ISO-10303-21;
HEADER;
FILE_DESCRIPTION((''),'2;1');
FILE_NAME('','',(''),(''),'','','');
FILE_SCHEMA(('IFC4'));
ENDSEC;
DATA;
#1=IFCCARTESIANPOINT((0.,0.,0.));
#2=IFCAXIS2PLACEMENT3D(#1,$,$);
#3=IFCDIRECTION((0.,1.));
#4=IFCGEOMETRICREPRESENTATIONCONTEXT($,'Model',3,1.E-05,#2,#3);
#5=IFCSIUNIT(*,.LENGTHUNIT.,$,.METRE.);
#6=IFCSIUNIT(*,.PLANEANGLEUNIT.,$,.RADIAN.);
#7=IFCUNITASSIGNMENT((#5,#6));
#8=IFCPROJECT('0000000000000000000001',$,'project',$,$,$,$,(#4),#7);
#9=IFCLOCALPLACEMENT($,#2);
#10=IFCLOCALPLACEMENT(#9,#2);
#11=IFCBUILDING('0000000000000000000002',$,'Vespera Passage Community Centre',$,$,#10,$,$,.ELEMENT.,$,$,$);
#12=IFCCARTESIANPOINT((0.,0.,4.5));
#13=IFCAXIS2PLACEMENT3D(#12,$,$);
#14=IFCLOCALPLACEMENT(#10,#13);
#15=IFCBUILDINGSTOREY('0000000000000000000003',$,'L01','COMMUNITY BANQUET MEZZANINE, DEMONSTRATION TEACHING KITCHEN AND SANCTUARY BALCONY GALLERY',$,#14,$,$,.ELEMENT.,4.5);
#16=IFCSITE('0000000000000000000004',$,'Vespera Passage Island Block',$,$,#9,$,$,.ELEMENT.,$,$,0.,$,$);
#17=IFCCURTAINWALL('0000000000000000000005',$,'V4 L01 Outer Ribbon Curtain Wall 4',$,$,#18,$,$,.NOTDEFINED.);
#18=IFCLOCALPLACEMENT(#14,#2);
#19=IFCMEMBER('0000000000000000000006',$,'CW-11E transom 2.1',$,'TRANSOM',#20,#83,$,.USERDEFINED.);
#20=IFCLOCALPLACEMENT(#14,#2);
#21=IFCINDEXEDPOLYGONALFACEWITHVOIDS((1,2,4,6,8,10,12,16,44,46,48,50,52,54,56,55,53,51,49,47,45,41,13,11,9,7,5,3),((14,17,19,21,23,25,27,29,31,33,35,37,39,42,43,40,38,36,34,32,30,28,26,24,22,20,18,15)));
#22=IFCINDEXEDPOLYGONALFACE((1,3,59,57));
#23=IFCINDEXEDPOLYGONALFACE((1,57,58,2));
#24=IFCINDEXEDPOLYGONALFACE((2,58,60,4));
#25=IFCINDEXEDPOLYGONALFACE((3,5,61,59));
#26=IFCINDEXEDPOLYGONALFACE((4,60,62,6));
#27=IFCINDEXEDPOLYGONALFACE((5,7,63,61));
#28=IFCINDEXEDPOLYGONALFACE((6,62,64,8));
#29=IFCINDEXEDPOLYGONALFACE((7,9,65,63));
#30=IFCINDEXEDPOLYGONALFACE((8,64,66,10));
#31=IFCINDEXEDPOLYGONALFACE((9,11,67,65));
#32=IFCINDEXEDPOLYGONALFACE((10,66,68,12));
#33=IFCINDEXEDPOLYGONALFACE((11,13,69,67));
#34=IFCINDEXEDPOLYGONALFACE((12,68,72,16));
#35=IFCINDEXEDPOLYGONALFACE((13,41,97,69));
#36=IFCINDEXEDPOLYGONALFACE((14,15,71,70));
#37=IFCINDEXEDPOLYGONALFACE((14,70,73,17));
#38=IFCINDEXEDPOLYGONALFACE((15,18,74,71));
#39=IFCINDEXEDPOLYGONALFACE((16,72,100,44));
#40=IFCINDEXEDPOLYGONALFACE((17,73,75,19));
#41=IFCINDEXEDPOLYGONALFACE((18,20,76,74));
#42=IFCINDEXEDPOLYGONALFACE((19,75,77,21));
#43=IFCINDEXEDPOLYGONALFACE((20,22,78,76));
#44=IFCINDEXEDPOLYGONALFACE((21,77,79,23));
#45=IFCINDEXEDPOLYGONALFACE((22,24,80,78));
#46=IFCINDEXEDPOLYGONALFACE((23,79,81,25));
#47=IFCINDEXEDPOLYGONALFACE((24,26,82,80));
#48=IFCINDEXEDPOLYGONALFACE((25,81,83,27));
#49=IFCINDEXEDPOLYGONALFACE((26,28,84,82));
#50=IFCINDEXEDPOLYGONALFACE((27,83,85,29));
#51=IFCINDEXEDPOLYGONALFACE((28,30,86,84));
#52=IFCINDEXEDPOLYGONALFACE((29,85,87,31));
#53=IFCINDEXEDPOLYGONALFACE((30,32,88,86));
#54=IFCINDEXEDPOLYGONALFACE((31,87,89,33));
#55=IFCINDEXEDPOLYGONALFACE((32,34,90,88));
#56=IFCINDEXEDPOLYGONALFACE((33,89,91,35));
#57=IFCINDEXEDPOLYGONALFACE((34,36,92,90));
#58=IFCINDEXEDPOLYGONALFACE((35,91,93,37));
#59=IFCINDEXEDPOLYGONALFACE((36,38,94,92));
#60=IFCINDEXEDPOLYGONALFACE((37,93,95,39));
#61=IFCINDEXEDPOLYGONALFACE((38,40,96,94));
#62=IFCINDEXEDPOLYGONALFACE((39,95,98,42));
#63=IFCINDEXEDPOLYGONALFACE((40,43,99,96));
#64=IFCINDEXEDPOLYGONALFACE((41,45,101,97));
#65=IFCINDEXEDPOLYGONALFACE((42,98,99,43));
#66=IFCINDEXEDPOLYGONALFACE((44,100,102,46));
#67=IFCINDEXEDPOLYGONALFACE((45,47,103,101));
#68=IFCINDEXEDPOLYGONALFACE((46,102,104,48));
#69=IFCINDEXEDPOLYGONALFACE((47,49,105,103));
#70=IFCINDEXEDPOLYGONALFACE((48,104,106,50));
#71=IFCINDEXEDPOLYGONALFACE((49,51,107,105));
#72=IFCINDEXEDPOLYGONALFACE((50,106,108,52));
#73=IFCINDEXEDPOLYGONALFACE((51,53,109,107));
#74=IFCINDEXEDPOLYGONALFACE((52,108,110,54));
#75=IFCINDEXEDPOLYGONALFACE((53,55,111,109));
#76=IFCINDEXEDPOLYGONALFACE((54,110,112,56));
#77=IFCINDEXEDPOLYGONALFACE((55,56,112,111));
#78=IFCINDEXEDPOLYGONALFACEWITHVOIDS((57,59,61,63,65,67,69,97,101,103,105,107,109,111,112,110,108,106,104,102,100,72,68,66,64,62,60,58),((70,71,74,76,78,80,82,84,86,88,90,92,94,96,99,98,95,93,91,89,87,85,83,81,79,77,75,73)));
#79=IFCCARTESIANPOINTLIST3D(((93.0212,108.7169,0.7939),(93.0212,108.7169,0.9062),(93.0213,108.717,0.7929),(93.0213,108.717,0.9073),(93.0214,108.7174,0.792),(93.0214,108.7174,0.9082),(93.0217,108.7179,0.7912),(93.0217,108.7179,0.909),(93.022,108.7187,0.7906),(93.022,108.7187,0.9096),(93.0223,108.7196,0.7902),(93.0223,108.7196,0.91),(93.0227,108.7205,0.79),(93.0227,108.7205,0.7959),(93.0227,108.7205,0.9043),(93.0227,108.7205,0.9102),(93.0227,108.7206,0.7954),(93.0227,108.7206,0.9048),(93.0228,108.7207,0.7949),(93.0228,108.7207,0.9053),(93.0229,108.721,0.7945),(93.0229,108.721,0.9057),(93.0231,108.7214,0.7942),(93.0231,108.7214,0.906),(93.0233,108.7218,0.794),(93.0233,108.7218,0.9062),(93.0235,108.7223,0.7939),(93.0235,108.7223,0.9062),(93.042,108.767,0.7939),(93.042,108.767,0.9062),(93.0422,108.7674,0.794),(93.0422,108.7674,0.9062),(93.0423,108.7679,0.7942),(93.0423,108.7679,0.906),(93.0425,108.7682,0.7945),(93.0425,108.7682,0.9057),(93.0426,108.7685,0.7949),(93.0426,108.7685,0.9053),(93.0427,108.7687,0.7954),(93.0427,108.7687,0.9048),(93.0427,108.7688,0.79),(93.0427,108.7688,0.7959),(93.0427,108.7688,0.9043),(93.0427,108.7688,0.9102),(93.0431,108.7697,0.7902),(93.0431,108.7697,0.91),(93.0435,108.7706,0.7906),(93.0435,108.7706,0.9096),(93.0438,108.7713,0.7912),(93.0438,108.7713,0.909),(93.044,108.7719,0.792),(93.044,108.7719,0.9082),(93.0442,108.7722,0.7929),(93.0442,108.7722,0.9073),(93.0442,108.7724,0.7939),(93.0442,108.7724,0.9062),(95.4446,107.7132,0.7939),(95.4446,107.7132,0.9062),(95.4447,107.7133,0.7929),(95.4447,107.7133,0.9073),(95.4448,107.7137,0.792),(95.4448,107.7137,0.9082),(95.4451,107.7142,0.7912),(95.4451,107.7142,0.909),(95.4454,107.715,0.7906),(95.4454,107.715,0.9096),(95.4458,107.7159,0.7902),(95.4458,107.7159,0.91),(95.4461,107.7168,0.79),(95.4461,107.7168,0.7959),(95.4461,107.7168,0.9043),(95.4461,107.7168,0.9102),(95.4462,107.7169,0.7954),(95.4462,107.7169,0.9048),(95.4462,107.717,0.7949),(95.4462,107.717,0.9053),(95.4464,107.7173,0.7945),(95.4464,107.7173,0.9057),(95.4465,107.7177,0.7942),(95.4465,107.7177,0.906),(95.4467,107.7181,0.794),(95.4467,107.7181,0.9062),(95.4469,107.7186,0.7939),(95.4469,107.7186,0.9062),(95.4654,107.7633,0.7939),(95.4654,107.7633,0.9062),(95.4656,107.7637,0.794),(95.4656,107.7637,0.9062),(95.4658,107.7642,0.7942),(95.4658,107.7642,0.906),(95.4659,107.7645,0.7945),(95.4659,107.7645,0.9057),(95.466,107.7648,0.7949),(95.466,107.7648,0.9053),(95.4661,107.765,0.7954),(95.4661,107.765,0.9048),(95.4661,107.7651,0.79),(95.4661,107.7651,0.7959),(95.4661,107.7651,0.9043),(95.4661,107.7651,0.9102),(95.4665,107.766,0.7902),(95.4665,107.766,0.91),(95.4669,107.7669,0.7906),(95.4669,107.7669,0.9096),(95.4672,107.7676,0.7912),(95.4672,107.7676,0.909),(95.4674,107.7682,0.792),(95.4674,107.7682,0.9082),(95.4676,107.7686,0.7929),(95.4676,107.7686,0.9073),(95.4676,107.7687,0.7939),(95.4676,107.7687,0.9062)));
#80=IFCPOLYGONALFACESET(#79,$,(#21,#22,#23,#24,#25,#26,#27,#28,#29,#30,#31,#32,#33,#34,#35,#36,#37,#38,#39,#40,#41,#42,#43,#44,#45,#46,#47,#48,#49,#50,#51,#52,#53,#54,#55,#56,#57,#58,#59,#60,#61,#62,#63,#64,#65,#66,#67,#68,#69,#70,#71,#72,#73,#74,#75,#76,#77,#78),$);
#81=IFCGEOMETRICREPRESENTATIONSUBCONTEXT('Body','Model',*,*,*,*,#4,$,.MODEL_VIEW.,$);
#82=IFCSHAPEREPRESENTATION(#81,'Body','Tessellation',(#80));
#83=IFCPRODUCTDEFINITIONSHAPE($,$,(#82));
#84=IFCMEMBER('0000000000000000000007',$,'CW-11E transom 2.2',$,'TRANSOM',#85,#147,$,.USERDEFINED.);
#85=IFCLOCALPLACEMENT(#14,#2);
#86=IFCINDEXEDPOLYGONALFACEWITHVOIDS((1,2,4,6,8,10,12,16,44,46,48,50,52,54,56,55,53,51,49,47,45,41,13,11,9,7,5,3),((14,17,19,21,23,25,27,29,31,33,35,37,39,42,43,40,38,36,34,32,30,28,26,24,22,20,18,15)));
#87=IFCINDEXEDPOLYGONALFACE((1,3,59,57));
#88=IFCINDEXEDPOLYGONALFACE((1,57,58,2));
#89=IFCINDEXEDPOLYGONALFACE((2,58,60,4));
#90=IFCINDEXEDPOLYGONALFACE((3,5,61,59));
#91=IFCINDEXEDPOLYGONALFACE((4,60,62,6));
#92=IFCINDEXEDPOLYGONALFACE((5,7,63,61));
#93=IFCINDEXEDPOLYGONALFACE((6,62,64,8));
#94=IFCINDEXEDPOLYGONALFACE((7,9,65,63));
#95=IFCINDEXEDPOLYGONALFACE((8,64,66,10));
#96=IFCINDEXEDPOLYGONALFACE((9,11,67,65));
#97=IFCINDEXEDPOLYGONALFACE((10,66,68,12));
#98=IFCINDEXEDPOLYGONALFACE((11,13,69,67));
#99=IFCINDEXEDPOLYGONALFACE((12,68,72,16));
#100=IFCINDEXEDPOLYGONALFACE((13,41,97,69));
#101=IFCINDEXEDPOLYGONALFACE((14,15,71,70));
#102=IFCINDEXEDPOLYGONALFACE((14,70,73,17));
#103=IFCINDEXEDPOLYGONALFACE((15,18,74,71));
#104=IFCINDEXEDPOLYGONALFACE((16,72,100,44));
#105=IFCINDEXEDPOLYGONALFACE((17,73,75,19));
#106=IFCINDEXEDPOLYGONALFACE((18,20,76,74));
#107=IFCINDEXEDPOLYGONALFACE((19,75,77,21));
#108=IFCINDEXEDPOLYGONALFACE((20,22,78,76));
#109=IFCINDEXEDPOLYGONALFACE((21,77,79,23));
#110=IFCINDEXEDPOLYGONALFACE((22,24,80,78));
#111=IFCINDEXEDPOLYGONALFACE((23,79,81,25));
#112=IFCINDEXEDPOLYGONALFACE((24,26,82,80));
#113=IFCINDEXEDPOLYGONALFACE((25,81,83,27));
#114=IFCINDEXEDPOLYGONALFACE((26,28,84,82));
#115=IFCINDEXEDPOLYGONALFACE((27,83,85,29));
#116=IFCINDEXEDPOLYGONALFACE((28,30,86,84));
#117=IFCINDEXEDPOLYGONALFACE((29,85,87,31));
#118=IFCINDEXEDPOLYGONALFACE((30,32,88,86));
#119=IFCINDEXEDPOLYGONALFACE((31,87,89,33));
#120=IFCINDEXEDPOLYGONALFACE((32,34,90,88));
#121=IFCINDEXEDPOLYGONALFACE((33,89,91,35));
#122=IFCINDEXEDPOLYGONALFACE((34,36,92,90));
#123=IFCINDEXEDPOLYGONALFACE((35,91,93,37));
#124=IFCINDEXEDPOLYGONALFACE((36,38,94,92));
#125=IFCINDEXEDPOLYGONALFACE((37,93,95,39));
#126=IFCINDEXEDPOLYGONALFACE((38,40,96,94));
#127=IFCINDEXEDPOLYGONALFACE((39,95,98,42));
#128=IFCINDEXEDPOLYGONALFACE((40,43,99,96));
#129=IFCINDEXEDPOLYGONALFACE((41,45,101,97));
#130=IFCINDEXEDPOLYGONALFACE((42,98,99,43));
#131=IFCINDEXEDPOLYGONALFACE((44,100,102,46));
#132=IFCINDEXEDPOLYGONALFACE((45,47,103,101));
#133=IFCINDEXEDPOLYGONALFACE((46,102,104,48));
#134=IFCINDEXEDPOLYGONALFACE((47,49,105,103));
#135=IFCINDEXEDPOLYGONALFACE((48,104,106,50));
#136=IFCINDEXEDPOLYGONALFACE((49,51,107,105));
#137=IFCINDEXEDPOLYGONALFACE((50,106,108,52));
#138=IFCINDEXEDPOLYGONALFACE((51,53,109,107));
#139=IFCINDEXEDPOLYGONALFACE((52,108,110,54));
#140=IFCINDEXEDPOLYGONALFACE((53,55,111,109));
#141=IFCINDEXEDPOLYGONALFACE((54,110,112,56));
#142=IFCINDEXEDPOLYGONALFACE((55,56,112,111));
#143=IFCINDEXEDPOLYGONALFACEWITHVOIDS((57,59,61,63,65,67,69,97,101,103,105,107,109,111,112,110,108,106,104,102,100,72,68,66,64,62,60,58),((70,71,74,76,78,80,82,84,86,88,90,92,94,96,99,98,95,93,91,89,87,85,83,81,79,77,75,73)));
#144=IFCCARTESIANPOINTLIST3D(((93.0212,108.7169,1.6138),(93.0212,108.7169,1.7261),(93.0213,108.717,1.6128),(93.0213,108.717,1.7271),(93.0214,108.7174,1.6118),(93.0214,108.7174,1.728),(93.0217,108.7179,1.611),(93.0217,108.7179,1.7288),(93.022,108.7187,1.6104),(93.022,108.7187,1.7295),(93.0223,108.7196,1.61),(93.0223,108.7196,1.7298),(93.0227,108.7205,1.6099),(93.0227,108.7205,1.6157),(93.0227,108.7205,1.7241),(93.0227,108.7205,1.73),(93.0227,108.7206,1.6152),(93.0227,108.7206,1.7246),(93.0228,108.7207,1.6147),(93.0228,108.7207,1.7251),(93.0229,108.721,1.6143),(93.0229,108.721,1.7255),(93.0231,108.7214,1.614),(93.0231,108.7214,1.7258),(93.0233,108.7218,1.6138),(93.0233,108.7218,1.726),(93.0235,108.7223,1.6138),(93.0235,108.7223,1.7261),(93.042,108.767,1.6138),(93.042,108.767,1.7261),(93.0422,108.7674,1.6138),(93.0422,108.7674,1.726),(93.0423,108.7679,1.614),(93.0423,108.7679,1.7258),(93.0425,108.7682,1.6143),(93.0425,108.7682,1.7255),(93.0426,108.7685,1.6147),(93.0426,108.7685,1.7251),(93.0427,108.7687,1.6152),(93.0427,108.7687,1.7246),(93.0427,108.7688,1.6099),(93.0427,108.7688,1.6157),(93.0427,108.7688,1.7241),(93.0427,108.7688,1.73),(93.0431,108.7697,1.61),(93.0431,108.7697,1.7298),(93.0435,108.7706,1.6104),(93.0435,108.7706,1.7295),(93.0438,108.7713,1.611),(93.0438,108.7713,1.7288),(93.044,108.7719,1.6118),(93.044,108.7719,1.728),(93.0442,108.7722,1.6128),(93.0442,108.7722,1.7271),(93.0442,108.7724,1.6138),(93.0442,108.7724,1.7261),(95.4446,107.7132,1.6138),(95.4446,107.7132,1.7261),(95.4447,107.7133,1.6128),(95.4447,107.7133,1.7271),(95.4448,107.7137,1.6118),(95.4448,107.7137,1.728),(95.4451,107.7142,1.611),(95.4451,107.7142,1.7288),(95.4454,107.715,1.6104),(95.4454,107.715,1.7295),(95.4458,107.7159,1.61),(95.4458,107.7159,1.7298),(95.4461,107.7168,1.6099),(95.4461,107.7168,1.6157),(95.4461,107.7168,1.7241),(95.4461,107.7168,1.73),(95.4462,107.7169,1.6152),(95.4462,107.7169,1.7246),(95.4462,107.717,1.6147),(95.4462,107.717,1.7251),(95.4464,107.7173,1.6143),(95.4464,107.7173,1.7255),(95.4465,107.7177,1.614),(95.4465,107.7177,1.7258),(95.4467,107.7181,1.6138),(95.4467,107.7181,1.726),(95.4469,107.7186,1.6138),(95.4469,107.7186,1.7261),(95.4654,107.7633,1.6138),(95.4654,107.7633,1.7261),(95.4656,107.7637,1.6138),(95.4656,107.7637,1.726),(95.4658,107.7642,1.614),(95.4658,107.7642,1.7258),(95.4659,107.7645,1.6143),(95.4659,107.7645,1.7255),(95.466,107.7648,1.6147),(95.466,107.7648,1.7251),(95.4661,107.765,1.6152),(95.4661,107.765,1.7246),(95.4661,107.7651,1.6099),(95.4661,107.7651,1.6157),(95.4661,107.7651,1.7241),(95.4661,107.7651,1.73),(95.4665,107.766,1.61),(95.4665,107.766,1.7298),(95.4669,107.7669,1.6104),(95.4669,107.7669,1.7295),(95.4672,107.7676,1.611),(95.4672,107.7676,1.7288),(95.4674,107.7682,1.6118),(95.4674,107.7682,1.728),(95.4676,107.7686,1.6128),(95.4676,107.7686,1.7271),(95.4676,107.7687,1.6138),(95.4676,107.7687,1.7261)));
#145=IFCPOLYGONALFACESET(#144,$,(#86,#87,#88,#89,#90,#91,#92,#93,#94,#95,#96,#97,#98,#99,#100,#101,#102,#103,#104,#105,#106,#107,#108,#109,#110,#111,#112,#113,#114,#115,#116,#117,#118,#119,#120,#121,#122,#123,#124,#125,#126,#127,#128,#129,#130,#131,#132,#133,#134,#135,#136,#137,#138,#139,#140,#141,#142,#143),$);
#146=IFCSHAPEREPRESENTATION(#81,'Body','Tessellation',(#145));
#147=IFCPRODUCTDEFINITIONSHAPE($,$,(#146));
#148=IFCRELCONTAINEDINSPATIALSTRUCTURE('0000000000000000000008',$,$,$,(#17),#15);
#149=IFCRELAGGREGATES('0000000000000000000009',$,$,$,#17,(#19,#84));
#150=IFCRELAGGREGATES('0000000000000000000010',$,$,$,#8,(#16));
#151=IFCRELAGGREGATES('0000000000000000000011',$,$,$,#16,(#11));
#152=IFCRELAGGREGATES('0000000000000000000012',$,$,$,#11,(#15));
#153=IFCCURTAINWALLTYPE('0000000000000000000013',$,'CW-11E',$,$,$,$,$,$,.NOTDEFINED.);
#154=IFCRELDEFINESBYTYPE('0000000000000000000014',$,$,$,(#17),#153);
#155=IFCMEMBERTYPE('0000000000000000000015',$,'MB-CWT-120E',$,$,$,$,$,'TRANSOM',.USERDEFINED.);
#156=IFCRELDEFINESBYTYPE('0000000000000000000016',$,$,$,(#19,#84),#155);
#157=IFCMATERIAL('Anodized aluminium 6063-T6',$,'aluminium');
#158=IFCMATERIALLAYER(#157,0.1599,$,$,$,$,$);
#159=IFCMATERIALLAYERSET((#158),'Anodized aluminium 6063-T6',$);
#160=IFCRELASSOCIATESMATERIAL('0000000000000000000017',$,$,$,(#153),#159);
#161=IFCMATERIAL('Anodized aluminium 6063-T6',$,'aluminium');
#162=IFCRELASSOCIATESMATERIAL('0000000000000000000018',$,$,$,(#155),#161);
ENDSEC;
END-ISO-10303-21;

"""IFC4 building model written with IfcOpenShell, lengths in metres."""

from ifc_helpers import new_model, si_unit, direction, frame, origin, origin_2d, place, context, subcontext, project, spatial, hollow_rectangle, extrude, material, layer, layer_set, material_profile, profile_set, type_object, element, aggregate, save


model = new_model("IFC4")

# Units and contexts
model_context = context("Model", 3, precision=1e-05, world=origin(), true_north=direction((0.0, 1.0)))
body_context = subcontext(model_context, "Body", "Model", "MODEL_VIEW")
ifc_project = project(units=[si_unit("LENGTHUNIT", "METRE"), si_unit("PLANEANGLEUNIT", "RADIAN")], contexts=[model_context])

# Site, building, storey
site_placement = place(None, origin())
site = spatial("IfcSite", under=ifc_project, at=site_placement, Name="Vespera Passage Island Block", CompositionType="ELEMENT", RefElevation=0.0)
building_placement = place(site_placement, origin())
building = spatial("IfcBuilding", under=site, at=building_placement, Name="Vespera Passage Community Centre", CompositionType="ELEMENT")
storey_placement = place(building_placement, frame((0.0, 0.0, 4.5)))
storey = spatial("IfcBuildingStorey", under=building, at=storey_placement, Name="L01", Description="COMMUNITY BANQUET MEZZANINE, DEMONSTRATION TEACHING KITCHEN AND SANCTUARY BALCONY GALLERY", CompositionType="ELEMENT", Elevation=4.5)

# Curtain wall
ifc_material_1 = material(Name="Anodized aluminium 6063-T6", Category="aluminium")
ifc_layer_1 = layer(ifc_material_1, 0.1599)
ifc_layer_set_1 = layer_set([ifc_layer_1], Name="Anodized aluminium 6063-T6")
curtain_wall_type_1 = type_object("IfcCurtainWallType", Name="CW-11E", PredefinedType="NOTDEFINED", material=ifc_layer_set_1)
curtain_wall_1_placement = place(storey_placement, origin())
curtain_wall_1 = element("IfcCurtainWall", 1, at=curtain_wall_1_placement, inside=storey, type_object=curtain_wall_type_1, Name="V4 L01 Outer Ribbon Curtain Wall 4", PredefinedType="NOTDEFINED")

# Members
ifc_material_2 = material(Name="Anodized aluminium 6063-T6", Category="aluminium")
ifc_material_profile_1 = material_profile(ifc_material_2, hollow_rectangle(XDim=0.0601, YDim=0.1201, WallThickness=0.0039, InnerFilletRadius=0.002, OuterFilletRadius=0.0039, at=origin_2d()), Name="ALU120X60X4")
ifc_profile_set_1 = profile_set([ifc_material_profile_1], Name="Anodized aluminium 6063-T6")
member_type_1 = type_object("IfcMemberType", Name="MB-CWT-120E", ElementType="TRANSOM", PredefinedType="USERDEFINED", material=ifc_profile_set_1)
member_1_placement = place(storey_placement, frame((93.0327, 108.7446, 0.8501), z_axis=(0.923895, -0.382645, 0.0), x_axis=(0.382645, 0.923895, 0.0)))
member_1 = element("IfcMember", 2, at=member_1_placement, type_object=member_type_1, Name="CW-11E transom 2.1", ObjectType="TRANSOM", PredefinedType="USERDEFINED", context=body_context, shape_type="SweptSolid", body=[
    extrude(hollow_rectangle(XDim=0.0601, YDim=0.1201, WallThickness=0.0039, InnerFilletRadius=0.002, OuterFilletRadius=0.0039, at=origin_2d()), origin(), (0.0, 0.0, 1.0), 2.623),
])
member_2_placement = place(storey_placement, frame((93.0327, 108.7446, 1.6699), z_axis=(0.923895, -0.382645, 0.0), x_axis=(0.382645, 0.923895, 0.0)))
member_2 = element("IfcMember", 3, at=member_2_placement, type_object=member_type_1, Name="CW-11E transom 2.2", ObjectType="TRANSOM", PredefinedType="USERDEFINED", context=body_context, shape_type="SweptSolid", body=[
    extrude(hollow_rectangle(XDim=0.0601, YDim=0.1201, WallThickness=0.0039, InnerFilletRadius=0.002, OuterFilletRadius=0.0039, at=origin_2d()), origin(), (0.0, 0.0, 1.0), 2.623),
])

aggregate(curtain_wall_1, [member_1, member_2])

save(model, "model.ifc")
